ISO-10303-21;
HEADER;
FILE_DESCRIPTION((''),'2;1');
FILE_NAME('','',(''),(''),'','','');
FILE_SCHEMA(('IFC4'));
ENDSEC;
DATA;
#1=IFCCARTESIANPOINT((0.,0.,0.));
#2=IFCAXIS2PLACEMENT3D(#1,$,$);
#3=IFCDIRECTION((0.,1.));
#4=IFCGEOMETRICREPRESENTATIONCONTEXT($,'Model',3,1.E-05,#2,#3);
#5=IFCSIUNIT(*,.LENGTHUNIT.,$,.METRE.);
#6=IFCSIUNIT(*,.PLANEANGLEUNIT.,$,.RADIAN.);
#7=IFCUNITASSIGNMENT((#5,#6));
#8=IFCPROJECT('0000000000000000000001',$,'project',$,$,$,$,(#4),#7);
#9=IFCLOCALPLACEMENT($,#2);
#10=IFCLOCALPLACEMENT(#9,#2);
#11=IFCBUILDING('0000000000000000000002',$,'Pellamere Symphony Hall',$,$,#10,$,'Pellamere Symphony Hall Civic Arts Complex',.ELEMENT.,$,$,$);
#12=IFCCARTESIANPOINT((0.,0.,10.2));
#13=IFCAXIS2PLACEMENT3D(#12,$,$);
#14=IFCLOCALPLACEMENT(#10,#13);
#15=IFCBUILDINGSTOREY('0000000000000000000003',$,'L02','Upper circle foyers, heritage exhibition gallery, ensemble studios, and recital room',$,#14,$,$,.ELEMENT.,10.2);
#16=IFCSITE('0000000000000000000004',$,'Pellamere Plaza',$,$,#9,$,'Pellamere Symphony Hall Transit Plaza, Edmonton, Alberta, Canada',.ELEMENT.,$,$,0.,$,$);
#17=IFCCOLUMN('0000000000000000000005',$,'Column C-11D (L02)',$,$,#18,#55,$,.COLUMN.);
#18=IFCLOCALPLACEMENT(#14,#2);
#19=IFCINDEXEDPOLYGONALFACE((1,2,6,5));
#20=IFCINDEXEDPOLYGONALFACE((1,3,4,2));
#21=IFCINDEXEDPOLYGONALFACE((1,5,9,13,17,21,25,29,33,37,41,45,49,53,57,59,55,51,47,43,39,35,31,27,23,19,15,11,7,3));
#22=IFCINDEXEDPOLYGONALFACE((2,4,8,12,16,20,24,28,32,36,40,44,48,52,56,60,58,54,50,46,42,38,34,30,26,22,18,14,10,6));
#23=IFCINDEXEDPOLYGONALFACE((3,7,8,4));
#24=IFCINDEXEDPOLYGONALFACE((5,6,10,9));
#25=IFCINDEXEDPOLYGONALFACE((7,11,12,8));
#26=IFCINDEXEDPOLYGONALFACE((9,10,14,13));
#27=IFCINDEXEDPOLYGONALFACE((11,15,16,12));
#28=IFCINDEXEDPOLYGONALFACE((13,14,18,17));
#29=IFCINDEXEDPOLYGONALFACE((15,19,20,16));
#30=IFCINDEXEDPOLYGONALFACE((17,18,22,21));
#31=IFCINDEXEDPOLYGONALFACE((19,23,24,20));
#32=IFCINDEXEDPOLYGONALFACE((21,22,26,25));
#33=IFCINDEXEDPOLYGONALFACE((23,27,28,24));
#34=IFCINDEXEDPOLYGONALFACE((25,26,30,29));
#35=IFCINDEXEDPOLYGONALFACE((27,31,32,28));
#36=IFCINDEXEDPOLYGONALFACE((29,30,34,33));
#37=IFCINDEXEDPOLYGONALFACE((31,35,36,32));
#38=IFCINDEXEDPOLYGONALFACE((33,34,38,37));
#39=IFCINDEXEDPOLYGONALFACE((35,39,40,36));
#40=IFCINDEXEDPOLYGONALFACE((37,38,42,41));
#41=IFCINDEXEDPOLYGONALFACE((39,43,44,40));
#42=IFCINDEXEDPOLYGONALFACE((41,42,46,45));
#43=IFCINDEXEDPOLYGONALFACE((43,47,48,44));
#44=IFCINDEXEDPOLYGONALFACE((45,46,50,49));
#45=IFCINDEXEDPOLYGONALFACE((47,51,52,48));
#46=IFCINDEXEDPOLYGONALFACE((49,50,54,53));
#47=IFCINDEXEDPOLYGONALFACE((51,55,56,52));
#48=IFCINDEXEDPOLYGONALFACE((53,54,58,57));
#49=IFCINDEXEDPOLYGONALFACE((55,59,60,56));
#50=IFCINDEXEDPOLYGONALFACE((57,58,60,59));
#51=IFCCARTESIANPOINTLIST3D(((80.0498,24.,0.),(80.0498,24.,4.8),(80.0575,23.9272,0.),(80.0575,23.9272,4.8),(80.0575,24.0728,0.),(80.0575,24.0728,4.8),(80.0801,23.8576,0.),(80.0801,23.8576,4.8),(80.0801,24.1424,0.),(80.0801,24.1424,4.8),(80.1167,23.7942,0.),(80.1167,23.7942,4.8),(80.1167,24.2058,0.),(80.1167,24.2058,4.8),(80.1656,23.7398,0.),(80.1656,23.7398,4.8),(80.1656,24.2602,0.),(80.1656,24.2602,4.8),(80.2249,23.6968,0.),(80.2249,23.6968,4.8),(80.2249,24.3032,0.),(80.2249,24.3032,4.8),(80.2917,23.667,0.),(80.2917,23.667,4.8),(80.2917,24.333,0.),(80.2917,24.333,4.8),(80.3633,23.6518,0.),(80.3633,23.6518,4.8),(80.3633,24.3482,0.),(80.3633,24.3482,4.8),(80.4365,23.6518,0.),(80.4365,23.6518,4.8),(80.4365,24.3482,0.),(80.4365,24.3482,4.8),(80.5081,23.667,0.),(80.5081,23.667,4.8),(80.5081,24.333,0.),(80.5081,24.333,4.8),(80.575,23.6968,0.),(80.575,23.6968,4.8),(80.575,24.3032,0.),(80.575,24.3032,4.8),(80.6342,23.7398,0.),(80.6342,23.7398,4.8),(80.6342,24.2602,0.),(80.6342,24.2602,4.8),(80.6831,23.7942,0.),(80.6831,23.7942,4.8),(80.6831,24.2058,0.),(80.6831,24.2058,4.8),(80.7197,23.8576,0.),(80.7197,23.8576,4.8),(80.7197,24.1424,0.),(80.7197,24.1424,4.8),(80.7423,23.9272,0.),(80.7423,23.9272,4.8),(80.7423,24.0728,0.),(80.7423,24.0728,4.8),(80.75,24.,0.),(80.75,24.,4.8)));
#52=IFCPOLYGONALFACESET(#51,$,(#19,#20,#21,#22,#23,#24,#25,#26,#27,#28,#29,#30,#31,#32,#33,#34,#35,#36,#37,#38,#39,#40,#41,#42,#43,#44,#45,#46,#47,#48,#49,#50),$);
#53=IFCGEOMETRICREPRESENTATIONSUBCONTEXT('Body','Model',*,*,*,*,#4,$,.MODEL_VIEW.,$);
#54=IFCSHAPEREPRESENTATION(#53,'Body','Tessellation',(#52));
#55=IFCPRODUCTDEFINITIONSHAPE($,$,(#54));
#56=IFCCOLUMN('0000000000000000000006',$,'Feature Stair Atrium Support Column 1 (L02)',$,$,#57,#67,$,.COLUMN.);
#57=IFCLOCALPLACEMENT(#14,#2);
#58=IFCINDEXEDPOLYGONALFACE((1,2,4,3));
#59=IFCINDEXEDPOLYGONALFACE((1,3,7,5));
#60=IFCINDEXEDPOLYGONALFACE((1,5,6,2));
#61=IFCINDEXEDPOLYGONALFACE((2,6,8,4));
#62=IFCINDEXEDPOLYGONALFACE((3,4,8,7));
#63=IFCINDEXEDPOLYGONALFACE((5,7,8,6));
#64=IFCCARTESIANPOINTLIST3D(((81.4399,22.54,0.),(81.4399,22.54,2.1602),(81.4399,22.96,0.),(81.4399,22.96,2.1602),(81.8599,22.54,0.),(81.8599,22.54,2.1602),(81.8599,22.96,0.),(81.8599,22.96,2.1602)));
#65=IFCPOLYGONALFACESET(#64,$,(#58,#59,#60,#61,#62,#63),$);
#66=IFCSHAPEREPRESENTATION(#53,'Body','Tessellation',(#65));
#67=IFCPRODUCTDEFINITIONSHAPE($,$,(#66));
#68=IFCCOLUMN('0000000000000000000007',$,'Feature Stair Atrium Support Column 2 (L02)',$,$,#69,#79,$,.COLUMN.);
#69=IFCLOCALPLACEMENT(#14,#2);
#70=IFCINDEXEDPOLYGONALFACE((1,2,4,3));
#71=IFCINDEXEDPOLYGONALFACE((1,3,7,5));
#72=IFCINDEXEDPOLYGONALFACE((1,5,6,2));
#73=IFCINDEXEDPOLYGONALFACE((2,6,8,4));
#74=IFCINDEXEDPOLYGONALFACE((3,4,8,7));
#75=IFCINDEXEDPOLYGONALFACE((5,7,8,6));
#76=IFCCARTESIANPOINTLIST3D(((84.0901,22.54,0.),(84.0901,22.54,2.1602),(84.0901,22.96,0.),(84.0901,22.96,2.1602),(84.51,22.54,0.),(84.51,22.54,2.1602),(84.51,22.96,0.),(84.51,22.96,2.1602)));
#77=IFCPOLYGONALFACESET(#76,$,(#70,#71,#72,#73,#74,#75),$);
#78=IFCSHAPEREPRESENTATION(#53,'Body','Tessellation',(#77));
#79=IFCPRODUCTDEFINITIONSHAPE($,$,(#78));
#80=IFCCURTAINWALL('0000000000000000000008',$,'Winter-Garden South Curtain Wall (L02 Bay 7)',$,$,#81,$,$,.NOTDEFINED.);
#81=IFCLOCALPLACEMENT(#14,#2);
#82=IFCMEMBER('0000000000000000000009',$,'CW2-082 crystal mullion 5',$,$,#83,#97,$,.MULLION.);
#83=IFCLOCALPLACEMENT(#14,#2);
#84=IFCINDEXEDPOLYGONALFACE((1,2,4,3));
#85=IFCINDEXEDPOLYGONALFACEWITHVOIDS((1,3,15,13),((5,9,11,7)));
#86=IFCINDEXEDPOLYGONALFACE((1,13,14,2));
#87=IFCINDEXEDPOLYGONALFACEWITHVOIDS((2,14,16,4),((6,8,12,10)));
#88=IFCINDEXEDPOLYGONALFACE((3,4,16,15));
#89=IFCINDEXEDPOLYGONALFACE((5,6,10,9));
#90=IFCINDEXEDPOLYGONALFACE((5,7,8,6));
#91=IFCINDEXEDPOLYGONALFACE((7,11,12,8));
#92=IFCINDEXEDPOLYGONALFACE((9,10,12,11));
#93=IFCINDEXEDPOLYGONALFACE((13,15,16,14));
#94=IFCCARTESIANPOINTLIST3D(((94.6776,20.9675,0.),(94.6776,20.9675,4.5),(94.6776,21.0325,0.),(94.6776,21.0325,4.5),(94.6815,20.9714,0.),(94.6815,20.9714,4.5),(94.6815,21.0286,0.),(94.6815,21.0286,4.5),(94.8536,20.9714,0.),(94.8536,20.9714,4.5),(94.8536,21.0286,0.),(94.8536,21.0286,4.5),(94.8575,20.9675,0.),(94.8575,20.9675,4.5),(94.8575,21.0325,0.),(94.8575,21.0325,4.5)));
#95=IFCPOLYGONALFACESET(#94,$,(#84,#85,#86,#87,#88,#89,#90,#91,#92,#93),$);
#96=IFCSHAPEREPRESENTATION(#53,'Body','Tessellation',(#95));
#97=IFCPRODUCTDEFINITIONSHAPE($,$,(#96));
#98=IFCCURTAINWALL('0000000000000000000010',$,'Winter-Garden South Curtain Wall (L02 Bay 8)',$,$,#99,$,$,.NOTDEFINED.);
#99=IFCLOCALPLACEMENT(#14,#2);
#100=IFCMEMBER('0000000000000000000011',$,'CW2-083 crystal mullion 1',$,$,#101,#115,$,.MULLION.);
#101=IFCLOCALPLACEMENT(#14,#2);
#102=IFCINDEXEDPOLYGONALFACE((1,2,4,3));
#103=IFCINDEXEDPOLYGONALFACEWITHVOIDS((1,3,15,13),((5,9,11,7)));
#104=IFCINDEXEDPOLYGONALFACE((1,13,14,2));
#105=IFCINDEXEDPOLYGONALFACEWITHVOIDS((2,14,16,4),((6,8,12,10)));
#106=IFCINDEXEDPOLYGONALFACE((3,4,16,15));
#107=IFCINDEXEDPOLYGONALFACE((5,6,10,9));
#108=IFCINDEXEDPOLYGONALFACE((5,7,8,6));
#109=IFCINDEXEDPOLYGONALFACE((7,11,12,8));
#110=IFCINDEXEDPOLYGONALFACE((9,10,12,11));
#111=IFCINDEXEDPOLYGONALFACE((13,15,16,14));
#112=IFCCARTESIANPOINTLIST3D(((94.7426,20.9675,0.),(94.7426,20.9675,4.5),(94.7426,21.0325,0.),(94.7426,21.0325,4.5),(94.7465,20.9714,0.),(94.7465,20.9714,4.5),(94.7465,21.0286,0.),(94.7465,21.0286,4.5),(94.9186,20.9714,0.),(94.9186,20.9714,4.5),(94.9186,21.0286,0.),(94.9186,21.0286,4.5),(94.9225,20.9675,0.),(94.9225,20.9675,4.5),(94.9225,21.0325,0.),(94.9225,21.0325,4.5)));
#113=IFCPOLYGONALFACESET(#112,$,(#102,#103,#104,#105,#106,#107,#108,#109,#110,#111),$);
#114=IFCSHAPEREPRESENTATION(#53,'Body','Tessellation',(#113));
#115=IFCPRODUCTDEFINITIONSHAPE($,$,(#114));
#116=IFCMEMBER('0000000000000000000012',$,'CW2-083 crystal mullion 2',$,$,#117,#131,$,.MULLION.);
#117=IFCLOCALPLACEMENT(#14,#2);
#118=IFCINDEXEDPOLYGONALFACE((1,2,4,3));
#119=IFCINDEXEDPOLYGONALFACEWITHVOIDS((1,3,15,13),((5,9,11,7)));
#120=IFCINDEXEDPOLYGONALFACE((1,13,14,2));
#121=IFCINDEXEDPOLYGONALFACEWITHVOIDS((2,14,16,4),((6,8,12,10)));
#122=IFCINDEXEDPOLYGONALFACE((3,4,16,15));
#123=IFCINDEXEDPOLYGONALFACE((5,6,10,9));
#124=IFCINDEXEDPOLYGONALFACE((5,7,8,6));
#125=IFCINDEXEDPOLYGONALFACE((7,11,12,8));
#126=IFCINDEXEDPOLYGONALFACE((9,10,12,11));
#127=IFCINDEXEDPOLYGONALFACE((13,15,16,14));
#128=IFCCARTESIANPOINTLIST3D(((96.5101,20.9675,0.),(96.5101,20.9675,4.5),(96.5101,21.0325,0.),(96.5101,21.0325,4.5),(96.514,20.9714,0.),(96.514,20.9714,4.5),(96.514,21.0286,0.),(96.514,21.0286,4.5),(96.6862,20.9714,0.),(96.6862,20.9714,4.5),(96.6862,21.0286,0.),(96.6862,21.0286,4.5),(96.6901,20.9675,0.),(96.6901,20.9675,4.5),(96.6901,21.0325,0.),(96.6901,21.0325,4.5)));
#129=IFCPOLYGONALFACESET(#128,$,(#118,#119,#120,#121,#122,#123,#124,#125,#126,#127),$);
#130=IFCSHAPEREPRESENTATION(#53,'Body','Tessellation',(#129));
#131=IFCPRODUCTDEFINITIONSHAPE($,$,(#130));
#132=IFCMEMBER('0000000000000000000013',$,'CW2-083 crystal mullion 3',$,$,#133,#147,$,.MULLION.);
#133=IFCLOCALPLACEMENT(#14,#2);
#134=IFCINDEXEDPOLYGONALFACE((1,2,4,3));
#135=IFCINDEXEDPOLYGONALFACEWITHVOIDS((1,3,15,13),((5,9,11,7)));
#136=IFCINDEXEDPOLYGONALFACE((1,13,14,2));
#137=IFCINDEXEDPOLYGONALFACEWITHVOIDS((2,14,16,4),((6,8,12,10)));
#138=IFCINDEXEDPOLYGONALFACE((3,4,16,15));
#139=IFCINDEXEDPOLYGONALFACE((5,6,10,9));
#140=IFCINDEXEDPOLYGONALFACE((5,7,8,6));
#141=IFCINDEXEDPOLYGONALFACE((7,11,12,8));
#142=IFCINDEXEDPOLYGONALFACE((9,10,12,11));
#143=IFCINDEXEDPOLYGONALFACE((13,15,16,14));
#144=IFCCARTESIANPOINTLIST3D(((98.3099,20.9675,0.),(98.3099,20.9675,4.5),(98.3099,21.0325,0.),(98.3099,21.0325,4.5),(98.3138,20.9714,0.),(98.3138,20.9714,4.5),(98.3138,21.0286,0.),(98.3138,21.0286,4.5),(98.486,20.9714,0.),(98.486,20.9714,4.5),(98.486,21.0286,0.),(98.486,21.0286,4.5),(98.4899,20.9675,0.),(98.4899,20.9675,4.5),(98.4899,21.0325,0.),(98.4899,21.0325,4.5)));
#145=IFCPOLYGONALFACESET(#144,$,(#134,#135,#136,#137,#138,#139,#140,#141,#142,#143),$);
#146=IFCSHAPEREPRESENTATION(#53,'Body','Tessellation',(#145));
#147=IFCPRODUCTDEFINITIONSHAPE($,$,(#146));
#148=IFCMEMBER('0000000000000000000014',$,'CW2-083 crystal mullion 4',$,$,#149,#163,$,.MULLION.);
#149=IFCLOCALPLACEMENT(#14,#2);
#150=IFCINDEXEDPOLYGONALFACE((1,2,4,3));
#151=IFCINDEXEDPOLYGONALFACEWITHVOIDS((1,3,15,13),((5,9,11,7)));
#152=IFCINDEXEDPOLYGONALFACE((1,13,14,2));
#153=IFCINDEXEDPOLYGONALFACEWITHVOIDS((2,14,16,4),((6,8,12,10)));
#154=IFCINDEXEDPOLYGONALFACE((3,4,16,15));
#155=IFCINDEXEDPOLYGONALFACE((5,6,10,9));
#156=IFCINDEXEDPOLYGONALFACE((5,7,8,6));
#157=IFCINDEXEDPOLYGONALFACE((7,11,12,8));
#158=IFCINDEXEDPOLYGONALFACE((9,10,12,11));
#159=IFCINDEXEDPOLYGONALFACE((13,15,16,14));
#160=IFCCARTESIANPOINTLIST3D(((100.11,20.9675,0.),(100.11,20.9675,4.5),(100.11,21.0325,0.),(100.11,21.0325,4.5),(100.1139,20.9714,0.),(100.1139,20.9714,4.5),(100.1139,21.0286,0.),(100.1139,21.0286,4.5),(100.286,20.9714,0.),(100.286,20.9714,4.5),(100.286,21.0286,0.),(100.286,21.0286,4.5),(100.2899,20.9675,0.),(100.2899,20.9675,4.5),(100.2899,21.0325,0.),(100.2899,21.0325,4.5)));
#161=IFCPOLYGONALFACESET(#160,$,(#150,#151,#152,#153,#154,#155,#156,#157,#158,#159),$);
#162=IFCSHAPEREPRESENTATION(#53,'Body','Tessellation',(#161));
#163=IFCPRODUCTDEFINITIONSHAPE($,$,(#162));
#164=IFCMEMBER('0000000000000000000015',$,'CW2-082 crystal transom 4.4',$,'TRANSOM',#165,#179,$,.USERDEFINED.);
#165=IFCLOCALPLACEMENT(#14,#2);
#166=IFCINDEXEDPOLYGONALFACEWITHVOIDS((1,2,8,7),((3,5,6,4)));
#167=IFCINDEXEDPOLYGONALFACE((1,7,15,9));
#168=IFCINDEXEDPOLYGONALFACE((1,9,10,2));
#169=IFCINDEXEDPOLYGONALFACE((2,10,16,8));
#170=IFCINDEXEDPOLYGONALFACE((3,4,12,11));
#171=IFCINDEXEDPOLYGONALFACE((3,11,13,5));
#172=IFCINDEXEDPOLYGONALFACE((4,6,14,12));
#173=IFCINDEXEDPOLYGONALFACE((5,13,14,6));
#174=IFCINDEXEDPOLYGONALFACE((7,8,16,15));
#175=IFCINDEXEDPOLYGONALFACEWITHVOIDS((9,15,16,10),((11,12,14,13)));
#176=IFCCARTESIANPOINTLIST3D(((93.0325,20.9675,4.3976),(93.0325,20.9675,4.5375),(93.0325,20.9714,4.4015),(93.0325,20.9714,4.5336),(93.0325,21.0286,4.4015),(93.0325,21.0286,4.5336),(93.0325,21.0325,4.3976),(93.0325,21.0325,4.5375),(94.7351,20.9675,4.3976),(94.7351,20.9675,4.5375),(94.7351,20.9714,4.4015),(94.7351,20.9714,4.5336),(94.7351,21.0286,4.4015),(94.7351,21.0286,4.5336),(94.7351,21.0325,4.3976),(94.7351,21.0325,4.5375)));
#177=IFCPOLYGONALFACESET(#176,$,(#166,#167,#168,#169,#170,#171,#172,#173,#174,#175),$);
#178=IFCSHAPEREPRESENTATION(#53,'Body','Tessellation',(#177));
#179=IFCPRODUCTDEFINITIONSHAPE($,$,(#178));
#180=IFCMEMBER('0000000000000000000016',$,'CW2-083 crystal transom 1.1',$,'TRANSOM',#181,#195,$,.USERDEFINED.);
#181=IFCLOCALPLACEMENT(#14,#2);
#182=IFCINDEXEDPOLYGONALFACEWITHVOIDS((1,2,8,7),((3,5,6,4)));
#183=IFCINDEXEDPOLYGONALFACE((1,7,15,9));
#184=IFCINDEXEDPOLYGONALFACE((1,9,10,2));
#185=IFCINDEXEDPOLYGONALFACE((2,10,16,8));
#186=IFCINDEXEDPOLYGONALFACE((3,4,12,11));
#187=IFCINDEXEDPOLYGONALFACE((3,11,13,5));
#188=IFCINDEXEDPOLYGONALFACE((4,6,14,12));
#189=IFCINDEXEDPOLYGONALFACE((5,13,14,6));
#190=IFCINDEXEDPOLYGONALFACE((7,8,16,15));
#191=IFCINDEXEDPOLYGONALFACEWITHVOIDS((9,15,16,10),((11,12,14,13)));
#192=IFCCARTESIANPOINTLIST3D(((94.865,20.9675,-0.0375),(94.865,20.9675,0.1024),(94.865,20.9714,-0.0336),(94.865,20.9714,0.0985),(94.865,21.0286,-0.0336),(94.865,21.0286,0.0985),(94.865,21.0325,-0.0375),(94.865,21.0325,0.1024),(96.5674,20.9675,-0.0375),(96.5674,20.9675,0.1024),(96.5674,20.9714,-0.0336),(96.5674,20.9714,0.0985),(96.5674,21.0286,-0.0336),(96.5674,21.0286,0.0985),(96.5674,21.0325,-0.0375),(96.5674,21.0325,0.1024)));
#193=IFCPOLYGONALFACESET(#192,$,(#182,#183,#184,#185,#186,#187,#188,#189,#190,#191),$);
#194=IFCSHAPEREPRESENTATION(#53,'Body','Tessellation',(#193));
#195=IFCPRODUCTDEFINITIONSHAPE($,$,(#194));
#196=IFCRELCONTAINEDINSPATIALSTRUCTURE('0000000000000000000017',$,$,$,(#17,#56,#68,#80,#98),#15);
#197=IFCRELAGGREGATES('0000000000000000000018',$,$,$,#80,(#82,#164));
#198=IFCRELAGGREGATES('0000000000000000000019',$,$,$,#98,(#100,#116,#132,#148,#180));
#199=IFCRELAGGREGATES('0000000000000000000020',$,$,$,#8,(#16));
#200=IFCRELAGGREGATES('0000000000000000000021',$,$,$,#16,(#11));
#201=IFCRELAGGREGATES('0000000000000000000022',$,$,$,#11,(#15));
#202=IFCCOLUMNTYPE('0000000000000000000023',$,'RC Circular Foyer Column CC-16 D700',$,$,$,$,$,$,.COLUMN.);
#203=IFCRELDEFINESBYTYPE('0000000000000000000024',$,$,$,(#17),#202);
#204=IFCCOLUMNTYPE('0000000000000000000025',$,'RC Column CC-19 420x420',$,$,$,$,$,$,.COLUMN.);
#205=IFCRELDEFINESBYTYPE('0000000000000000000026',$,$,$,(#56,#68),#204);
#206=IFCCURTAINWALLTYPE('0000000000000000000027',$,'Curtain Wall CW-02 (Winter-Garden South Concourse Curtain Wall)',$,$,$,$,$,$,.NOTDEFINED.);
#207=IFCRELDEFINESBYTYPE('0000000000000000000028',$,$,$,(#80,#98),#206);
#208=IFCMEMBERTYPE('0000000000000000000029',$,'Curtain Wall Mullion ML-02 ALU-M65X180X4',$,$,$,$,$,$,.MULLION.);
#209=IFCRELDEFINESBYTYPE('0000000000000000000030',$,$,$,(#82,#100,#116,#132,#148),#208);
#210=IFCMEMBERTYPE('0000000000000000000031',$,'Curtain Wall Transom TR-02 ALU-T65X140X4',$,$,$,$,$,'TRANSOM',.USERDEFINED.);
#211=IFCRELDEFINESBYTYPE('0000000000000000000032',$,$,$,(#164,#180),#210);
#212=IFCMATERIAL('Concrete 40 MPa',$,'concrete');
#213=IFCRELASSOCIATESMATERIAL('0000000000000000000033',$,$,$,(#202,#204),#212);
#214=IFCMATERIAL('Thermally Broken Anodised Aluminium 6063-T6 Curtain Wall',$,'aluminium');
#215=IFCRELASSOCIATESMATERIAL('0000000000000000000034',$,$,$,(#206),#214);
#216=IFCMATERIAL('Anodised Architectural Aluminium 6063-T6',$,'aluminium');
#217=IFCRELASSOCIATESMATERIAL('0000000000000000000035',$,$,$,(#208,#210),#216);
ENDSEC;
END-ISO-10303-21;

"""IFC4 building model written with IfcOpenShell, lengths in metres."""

from ifc_helpers import new_model, si_unit, direction, frame, origin, origin_2d, place, context, subcontext, project, spatial, rectangle, hollow_rectangle, circle, extrude, material, material_profile, profile_set, type_object, element, aggregate, save


model = new_model("IFC4")

# Units and contexts
model_context = context("Model", 3, precision=1e-05, world=origin(), true_north=direction((0.0, 1.0)))
body_context = subcontext(model_context, "Body", "Model", "MODEL_VIEW")
ifc_project = project(units=[si_unit("LENGTHUNIT", "METRE"), si_unit("PLANEANGLEUNIT", "RADIAN")], contexts=[model_context])

# Site, building, storey
site_placement = place(None, origin())
site = spatial("IfcSite", under=ifc_project, at=site_placement, Name="Pellamere Plaza", LongName="Pellamere Symphony Hall Transit Plaza, Edmonton, Alberta, Canada", CompositionType="ELEMENT", RefElevation=0.0)
building_placement = place(site_placement, origin())
building = spatial("IfcBuilding", under=site, at=building_placement, Name="Pellamere Symphony Hall", LongName="Pellamere Symphony Hall Civic Arts Complex", CompositionType="ELEMENT")
storey_placement = place(building_placement, frame((0.0, 0.0, 10.2)))
storey = spatial("IfcBuildingStorey", under=building, at=storey_placement, Name="L02", Description="Upper circle foyers, heritage exhibition gallery, ensemble studios, and recital room", CompositionType="ELEMENT", Elevation=10.2)

# Columns
ifc_material_1 = material(Name="Concrete 40 MPa", Category="concrete")
ifc_material_profile_1 = material_profile(ifc_material_1, circle(Radius=0.3501, at=origin_2d()), Name="RCCOL D700")
ifc_profile_set_1 = profile_set([ifc_material_profile_1], Name="Concrete 40 MPa")
column_type_1 = type_object("IfcColumnType", Name="RC Circular Foyer Column CC-16 D700", PredefinedType="COLUMN", material=ifc_profile_set_1)
column_placement = place(storey_placement, frame((80.3999, 24.0, 0.0), z_axis=(0.0, 0.0, 1.0), x_axis=(1.0, 0.0, 0.0)))
element("IfcColumn", 1, at=column_placement, inside=storey, type_object=column_type_1, Name="Column C-11D (L02)", PredefinedType="COLUMN", context=body_context, shape_type="SweptSolid", body=[
    extrude(circle(Radius=0.3501, at=origin_2d()), origin(), (0.0, 0.0, 1.0), 4.8),
])
ifc_material_profile_2 = material_profile(ifc_material_1, rectangle(XDim=0.4199, YDim=0.4199, at=origin_2d()), Name="RC 420x420")
ifc_profile_set_2 = profile_set([ifc_material_profile_2], Name="Concrete 40 MPa")
column_type_2 = type_object("IfcColumnType", Name="RC Column CC-19 420x420", PredefinedType="COLUMN", material=ifc_profile_set_2)
for number, where, z_axis, x_axis, name in (
    (2, (81.6499, 22.75, 0.0), (0.0, 0.0, 1.0), (1.0, 0.0, 0.0), "Feature Stair Atrium Support Column 1 (L02)"),
    (3, (84.3, 22.75, 0.0), (0.0, 0.0, 1.0), (1.0, 0.0, 0.0), "Feature Stair Atrium Support Column 2 (L02)"),
):
    element("IfcColumn", number, at=place(storey_placement, frame(where, z_axis=z_axis, x_axis=x_axis)), inside=storey, type_object=column_type_2, Name=name, PredefinedType="COLUMN", context=body_context, shape_type="SweptSolid", body=[
        extrude(rectangle(XDim=0.4199, YDim=0.4199, at=origin_2d()), origin(), (0.0, 0.0, 1.0), 2.1602),
    ])

# Curtain wall, member
ifc_material_2 = material(Name="Thermally Broken Anodised Aluminium 6063-T6 Curtain Wall", Category="aluminium")
curtain_wall_type = type_object("IfcCurtainWallType", Name="Curtain Wall CW-02 (Winter-Garden South Concourse Curtain Wall)", PredefinedType="NOTDEFINED", material=ifc_material_2)
curtain_wall_1_placement = place(storey_placement, origin())
curtain_wall_1 = element("IfcCurtainWall", 4, at=curtain_wall_1_placement, inside=storey, type_object=curtain_wall_type, Name="Winter-Garden South Curtain Wall (L02 Bay 7)", PredefinedType="NOTDEFINED")
ifc_material_3 = material(Name="Anodised Architectural Aluminium 6063-T6", Category="aluminium")
ifc_material_profile_3 = material_profile(ifc_material_3, hollow_rectangle(XDim=0.0649, YDim=0.1799, WallThickness=0.0039, at=origin_2d()), Name="ALU-M65X180X4")
ifc_profile_set_3 = profile_set([ifc_material_profile_3], Name="Anodised Architectural Aluminium 6063-T6")
member_type_1 = type_object("IfcMemberType", Name="Curtain Wall Mullion ML-02 ALU-M65X180X4", PredefinedType="MULLION", material=ifc_profile_set_3)
member_1_placement = place(storey_placement, frame((94.7676, 21.0, 0.0), z_axis=(0.0, 0.0, 1.0), x_axis=(0.0, 1.0, 0.0)))
member_1 = element("IfcMember", 5, at=member_1_placement, type_object=member_type_1, Name="CW2-082 crystal mullion 5", PredefinedType="MULLION", context=body_context, shape_type="SweptSolid", body=[
    extrude(hollow_rectangle(XDim=0.0649, YDim=0.1799, WallThickness=0.0039, at=origin_2d()), origin(), (0.0, 0.0, 1.0), 4.5),
])

# Curtain wall, members
curtain_wall_2_placement = place(storey_placement, origin())
curtain_wall_2 = element("IfcCurtainWall", 6, at=curtain_wall_2_placement, inside=storey, type_object=curtain_wall_type, Name="Winter-Garden South Curtain Wall (L02 Bay 8)", PredefinedType="NOTDEFINED")
member_2_placement = place(storey_placement, frame((94.8325, 21.0, 0.0), z_axis=(0.0, 0.0, 1.0), x_axis=(0.0, 1.0, 0.0)))
member_2 = element("IfcMember", 7, at=member_2_placement, type_object=member_type_1, Name="CW2-083 crystal mullion 1", PredefinedType="MULLION", context=body_context, shape_type="SweptSolid", body=[
    extrude(hollow_rectangle(XDim=0.0649, YDim=0.1799, WallThickness=0.0039, at=origin_2d()), origin(), (0.0, 0.0, 1.0), 4.5),
])
member_3_placement = place(storey_placement, frame((96.6001, 21.0, 0.0), z_axis=(0.0, 0.0, 1.0), x_axis=(0.0, 1.0, 0.0)))
member_3 = element("IfcMember", 8, at=member_3_placement, type_object=member_type_1, Name="CW2-083 crystal mullion 2", PredefinedType="MULLION", context=body_context, shape_type="SweptSolid", body=[
    extrude(hollow_rectangle(XDim=0.0649, YDim=0.1799, WallThickness=0.0039, at=origin_2d()), origin(), (0.0, 0.0, 1.0), 4.5),
])
member_4_placement = place(storey_placement, frame((98.3999, 21.0, 0.0), z_axis=(0.0, 0.0, 1.0), x_axis=(0.0, 1.0, 0.0)))
member_4 = element("IfcMember", 9, at=member_4_placement, type_object=member_type_1, Name="CW2-083 crystal mullion 3", PredefinedType="MULLION", context=body_context, shape_type="SweptSolid", body=[
    extrude(hollow_rectangle(XDim=0.0649, YDim=0.1799, WallThickness=0.0039, at=origin_2d()), origin(), (0.0, 0.0, 1.0), 4.5),
])
member_5_placement = place(storey_placement, frame((100.2, 21.0, 0.0), z_axis=(0.0, 0.0, 1.0), x_axis=(0.0, 1.0, 0.0)))
member_5 = element("IfcMember", 10, at=member_5_placement, type_object=member_type_1, Name="CW2-083 crystal mullion 4", PredefinedType="MULLION", context=body_context, shape_type="SweptSolid", body=[
    extrude(hollow_rectangle(XDim=0.0649, YDim=0.1799, WallThickness=0.0039, at=origin_2d()), origin(), (0.0, 0.0, 1.0), 4.5),
])

# Members
ifc_material_profile_4 = material_profile(ifc_material_3, hollow_rectangle(XDim=0.0649, YDim=0.1399, WallThickness=0.0039, at=origin_2d()), Name="ALU-T65X140X4")
ifc_profile_set_4 = profile_set([ifc_material_profile_4], Name="Anodised Architectural Aluminium 6063-T6")
member_type_2 = type_object("IfcMemberType", Name="Curtain Wall Transom TR-02 ALU-T65X140X4", ElementType="TRANSOM", PredefinedType="USERDEFINED", material=ifc_profile_set_4)
member_6_placement = place(storey_placement, frame((93.0325, 21.0, 4.4675), z_axis=(1.0, 0.0, 0.0), x_axis=(0.0, 1.0, 0.0)))
member_6 = element("IfcMember", 11, at=member_6_placement, type_object=member_type_2, Name="CW2-082 crystal transom 4.4", ObjectType="TRANSOM", PredefinedType="USERDEFINED", context=body_context, shape_type="SweptSolid", body=[
    extrude(hollow_rectangle(XDim=0.0649, YDim=0.1399, WallThickness=0.0039, at=origin_2d()), origin(), (0.0, 0.0, 1.0), 1.7026),
])
member_7_placement = place(storey_placement, frame((94.865, 21.0, 0.0325), z_axis=(1.0, 0.0, 0.0), x_axis=(0.0, 1.0, 0.0)))
member_7 = element("IfcMember", 12, at=member_7_placement, type_object=member_type_2, Name="CW2-083 crystal transom 1.1", ObjectType="TRANSOM", PredefinedType="USERDEFINED", context=body_context, shape_type="SweptSolid", body=[
    extrude(hollow_rectangle(XDim=0.0649, YDim=0.1399, WallThickness=0.0039, at=origin_2d()), origin(), (0.0, 0.0, 1.0), 1.7024),
])

aggregate(curtain_wall_1, [member_1, member_6])
aggregate(curtain_wall_2, [member_2, member_3, member_4, member_5, member_7])

save(model, "model.ifc")
